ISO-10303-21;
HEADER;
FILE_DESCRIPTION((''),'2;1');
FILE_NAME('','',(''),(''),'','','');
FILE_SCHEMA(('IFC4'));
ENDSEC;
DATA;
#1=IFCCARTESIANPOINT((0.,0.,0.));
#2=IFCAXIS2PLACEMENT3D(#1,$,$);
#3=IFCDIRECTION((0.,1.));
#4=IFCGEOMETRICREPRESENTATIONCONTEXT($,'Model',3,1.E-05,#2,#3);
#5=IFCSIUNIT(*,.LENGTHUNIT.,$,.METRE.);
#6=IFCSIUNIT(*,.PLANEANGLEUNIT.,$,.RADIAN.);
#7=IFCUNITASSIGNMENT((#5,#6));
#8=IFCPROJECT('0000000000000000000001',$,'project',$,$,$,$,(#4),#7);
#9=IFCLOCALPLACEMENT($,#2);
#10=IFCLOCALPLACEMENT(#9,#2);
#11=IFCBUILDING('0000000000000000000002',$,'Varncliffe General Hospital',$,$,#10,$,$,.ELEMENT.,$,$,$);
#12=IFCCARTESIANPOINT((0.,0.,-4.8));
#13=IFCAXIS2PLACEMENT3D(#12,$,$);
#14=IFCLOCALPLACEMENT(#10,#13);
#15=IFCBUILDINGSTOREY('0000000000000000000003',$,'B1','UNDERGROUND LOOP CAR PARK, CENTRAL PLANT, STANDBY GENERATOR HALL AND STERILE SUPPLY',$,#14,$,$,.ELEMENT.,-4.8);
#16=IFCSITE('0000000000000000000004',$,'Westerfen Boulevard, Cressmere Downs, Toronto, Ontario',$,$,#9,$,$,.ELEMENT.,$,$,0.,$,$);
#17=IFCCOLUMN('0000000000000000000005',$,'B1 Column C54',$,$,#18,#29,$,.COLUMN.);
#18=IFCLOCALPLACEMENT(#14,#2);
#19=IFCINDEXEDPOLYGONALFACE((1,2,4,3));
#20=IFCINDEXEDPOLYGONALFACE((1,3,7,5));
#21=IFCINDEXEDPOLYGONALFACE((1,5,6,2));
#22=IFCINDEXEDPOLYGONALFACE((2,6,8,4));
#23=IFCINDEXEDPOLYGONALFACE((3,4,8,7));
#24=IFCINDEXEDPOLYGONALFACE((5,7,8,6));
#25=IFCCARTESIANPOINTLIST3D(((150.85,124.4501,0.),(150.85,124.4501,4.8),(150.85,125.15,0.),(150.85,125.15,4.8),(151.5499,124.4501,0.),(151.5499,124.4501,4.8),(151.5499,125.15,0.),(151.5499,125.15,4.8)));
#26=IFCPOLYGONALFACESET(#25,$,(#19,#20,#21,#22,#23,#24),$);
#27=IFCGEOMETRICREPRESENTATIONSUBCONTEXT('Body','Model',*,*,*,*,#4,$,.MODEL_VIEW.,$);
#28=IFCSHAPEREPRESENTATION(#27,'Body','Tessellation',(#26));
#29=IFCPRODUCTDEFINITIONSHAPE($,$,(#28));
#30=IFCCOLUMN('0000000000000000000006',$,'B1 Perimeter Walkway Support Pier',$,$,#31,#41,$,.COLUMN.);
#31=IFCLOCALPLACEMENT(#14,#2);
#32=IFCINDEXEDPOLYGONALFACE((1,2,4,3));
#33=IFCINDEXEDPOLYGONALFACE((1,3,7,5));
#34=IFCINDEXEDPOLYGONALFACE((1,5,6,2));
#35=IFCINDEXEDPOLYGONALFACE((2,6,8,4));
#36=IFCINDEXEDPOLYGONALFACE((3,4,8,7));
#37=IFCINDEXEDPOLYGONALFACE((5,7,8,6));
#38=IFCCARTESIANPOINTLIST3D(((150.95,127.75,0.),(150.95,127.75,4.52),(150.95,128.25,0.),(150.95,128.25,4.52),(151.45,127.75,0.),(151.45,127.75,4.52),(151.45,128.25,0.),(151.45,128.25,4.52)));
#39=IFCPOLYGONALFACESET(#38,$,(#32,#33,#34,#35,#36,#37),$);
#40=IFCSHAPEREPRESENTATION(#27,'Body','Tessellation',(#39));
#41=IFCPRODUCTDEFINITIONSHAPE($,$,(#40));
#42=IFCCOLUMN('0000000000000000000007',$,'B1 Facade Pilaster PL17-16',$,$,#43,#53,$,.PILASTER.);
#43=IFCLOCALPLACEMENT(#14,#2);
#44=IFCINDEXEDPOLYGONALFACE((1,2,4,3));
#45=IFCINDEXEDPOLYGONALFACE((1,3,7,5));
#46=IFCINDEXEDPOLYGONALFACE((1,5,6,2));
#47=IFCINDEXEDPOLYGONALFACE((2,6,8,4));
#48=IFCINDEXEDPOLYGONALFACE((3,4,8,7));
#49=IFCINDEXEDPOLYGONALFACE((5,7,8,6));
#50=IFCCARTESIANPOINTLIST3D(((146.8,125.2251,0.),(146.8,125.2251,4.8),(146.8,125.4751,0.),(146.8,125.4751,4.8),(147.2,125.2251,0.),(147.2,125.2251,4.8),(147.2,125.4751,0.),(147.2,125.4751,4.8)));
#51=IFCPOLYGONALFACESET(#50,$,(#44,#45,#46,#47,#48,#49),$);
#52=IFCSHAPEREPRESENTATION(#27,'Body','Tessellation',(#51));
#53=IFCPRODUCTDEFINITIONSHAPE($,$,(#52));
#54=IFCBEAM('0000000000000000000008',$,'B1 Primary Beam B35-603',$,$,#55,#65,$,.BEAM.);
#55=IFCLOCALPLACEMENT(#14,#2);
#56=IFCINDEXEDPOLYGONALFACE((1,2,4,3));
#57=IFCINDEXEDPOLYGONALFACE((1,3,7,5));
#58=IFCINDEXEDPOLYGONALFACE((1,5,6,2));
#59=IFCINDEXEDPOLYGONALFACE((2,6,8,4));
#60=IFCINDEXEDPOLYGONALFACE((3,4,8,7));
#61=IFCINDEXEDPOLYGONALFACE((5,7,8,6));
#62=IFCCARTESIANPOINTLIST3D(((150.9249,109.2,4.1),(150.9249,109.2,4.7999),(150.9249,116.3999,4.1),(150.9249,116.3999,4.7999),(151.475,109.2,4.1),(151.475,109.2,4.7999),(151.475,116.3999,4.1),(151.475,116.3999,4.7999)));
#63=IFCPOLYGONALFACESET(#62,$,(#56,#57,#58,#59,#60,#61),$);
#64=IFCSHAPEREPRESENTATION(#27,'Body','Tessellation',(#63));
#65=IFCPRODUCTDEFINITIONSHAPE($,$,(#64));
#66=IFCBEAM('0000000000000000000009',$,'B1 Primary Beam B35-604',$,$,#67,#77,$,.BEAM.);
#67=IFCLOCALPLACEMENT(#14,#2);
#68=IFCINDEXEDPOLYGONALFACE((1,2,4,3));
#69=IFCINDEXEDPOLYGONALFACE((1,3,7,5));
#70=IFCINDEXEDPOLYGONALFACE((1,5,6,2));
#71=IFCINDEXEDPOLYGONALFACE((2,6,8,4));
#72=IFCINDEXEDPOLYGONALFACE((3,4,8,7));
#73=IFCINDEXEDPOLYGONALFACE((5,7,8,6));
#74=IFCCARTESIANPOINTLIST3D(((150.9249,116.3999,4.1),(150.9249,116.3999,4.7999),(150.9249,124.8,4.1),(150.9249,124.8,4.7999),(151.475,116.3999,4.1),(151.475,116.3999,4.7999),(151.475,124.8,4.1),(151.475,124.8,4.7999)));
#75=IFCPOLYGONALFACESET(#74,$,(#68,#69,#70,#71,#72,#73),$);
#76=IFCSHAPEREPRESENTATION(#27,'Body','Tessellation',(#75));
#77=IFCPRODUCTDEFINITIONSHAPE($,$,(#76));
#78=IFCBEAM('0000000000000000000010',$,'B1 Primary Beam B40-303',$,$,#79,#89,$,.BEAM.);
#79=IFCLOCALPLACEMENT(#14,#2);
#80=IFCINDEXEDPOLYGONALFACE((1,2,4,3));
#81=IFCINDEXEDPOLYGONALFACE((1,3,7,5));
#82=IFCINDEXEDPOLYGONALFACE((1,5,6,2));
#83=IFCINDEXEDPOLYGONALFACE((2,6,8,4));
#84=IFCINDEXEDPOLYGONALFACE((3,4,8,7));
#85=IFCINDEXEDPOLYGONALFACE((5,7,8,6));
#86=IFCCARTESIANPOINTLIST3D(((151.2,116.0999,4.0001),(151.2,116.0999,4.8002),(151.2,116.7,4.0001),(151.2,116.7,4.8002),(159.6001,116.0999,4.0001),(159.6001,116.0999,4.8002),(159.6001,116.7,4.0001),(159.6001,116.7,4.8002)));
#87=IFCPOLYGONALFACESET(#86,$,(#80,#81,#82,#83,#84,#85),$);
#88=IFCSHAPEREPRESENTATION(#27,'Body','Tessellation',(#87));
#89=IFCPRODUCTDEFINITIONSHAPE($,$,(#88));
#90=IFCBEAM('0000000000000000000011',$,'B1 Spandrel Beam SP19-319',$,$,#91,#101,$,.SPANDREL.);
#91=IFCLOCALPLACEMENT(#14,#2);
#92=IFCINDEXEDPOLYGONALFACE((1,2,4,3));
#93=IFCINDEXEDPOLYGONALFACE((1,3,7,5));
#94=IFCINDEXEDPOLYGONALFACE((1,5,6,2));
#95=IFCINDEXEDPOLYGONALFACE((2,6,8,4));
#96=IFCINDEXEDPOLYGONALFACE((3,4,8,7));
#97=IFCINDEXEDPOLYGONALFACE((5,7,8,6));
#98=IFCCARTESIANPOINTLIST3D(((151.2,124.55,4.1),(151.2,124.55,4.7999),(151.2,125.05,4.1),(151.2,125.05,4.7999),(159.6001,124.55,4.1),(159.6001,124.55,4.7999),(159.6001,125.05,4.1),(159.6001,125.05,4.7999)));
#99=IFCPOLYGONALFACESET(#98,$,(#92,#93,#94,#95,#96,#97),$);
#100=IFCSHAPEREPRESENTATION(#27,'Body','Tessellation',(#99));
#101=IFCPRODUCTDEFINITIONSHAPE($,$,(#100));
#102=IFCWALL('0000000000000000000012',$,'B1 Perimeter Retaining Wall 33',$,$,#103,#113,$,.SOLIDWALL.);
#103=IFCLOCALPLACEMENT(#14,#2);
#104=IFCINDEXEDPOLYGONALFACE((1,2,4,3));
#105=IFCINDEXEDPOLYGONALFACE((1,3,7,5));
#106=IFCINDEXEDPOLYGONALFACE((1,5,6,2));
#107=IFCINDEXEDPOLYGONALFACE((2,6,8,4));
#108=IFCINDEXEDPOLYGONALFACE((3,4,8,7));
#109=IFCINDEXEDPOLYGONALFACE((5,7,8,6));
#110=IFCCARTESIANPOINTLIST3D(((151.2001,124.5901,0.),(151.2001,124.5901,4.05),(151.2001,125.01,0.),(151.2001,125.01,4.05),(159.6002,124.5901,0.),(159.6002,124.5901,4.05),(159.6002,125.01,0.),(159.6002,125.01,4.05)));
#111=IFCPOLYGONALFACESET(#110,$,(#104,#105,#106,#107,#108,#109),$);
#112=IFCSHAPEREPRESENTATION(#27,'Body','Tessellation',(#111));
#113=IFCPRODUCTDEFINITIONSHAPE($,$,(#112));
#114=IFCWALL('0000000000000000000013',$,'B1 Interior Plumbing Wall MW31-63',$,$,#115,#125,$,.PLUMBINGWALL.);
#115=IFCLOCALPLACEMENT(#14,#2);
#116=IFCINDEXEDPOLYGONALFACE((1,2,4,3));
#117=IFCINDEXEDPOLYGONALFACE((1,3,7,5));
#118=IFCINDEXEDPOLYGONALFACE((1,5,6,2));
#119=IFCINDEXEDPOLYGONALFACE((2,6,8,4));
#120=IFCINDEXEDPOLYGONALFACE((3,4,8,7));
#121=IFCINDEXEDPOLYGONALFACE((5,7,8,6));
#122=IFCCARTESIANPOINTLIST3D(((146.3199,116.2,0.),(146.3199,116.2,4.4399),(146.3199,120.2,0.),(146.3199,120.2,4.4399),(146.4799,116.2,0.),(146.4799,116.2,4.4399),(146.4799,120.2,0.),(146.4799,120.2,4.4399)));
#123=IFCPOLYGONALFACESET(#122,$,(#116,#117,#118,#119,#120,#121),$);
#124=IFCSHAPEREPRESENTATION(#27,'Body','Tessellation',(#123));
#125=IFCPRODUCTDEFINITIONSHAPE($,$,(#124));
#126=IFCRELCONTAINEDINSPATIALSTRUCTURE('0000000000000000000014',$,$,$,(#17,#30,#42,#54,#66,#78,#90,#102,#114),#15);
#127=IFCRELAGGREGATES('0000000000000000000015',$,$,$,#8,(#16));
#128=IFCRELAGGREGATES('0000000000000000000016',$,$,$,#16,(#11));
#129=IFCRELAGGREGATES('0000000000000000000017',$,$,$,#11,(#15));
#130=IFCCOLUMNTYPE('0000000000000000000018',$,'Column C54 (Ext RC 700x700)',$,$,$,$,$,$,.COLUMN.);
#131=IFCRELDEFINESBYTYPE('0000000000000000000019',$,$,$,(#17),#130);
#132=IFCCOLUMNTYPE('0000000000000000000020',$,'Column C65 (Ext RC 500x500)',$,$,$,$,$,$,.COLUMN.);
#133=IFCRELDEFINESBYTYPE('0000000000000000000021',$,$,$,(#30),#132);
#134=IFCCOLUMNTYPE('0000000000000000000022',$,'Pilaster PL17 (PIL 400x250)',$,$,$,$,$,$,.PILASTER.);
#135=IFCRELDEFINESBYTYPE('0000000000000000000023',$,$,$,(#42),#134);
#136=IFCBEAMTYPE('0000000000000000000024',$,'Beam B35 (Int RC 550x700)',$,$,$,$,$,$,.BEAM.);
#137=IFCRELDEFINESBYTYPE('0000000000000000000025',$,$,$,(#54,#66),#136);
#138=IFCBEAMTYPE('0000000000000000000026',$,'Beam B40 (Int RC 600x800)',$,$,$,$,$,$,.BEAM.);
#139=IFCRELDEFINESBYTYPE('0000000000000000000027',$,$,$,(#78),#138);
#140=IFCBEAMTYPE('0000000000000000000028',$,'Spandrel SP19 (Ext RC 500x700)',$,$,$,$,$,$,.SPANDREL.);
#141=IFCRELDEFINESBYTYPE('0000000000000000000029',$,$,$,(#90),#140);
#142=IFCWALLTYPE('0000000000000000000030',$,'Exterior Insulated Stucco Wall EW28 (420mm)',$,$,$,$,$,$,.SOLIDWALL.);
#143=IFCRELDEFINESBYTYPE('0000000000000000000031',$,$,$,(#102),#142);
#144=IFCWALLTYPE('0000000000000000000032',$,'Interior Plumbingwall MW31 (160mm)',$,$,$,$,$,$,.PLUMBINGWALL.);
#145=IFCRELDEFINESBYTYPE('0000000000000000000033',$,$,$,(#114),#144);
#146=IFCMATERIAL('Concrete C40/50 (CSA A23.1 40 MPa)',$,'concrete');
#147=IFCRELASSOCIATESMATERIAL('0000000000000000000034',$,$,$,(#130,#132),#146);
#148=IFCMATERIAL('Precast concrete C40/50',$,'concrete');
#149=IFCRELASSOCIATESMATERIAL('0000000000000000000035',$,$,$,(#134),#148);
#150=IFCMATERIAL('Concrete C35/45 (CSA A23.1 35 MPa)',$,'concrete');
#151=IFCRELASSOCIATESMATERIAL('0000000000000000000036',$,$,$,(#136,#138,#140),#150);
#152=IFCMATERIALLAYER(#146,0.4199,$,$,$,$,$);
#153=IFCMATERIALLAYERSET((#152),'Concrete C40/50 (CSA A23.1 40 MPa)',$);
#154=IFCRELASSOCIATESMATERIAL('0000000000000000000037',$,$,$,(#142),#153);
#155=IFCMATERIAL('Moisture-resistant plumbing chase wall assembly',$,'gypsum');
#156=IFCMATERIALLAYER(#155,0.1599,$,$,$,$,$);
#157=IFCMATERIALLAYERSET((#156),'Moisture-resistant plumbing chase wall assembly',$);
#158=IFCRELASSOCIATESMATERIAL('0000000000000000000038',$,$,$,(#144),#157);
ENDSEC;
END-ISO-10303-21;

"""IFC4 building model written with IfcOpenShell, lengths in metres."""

from ifc_helpers import new_model, si_unit, direction, frame, frame_2d, origin, origin_2d, place, context, subcontext, project, spatial, rectangle, extrude, material, layer, layer_set, material_profile, profile_set, type_object, element, save


model = new_model("IFC4")

# Units and contexts
model_context = context("Model", 3, precision=1e-05, world=origin(), true_north=direction((0.0, 1.0)))
body_context = subcontext(model_context, "Body", "Model", "MODEL_VIEW")
ifc_project = project(units=[si_unit("LENGTHUNIT", "METRE"), si_unit("PLANEANGLEUNIT", "RADIAN")], contexts=[model_context])

# Site, building, storey
site_placement = place(None, origin())
site = spatial("IfcSite", under=ifc_project, at=site_placement, Name="Westerfen Boulevard, Cressmere Downs, Toronto, Ontario", CompositionType="ELEMENT", RefElevation=0.0)
building_placement = place(site_placement, origin())
building = spatial("IfcBuilding", under=site, at=building_placement, Name="Varncliffe General Hospital", CompositionType="ELEMENT")
storey_placement = place(building_placement, frame((0.0, 0.0, -4.8)))
storey = spatial("IfcBuildingStorey", under=building, at=storey_placement, Name="B1", Description="UNDERGROUND LOOP CAR PARK, CENTRAL PLANT, STANDBY GENERATOR HALL AND STERILE SUPPLY", CompositionType="ELEMENT", Elevation=-4.8)

# Shared definitions
ifc_material_1 = material(Name="Concrete C40/50 (CSA A23.1 40 MPa)", Category="concrete")

# Columns
ifc_material_profile_1 = material_profile(ifc_material_1, rectangle(XDim=0.7, YDim=0.7, at=origin_2d()), Name="RC 700x700")
ifc_profile_set_1 = profile_set([ifc_material_profile_1], Name="Concrete C40/50 (CSA A23.1 40 MPa)")
column_type_1 = type_object("IfcColumnType", Name="Column C54 (Ext RC 700x700)", PredefinedType="COLUMN", material=ifc_profile_set_1)
column_1_placement = place(storey_placement, frame((151.2, 124.8, 0.0), z_axis=(0.0, 0.0, 1.0), x_axis=(1.0, 0.0, 0.0)))
element("IfcColumn", 1, at=column_1_placement, inside=storey, type_object=column_type_1, Name="B1 Column C54", PredefinedType="COLUMN", context=body_context, shape_type="SweptSolid", body=[
    extrude(rectangle(XDim=0.7, YDim=0.7, at=origin_2d()), origin(), (0.0, 0.0, 1.0), 4.8),
])
ifc_material_profile_2 = material_profile(ifc_material_1, rectangle(XDim=0.5, YDim=0.5, at=origin_2d()), Name="RC 500x500")
ifc_profile_set_2 = profile_set([ifc_material_profile_2], Name="Concrete C40/50 (CSA A23.1 40 MPa)")
column_type_2 = type_object("IfcColumnType", Name="Column C65 (Ext RC 500x500)", PredefinedType="COLUMN", material=ifc_profile_set_2)
column_2_placement = place(storey_placement, frame((151.2, 128.0, 0.0), z_axis=(0.0, 0.0, 1.0), x_axis=(1.0, 0.0, 0.0)))
element("IfcColumn", 2, at=column_2_placement, inside=storey, type_object=column_type_2, Name="B1 Perimeter Walkway Support Pier", PredefinedType="COLUMN", context=body_context, shape_type="SweptSolid", body=[
    extrude(rectangle(XDim=0.5, YDim=0.5, at=origin_2d()), origin(), (0.0, 0.0, 1.0), 4.52),
])
ifc_material_2 = material(Name="Precast concrete C40/50", Category="concrete")
ifc_material_profile_3 = material_profile(ifc_material_2, rectangle(XDim=0.3999, YDim=0.25, at=origin_2d()), Name="PIL 400x250")
ifc_profile_set_3 = profile_set([ifc_material_profile_3], Name="Precast concrete C40/50")
column_type_3 = type_object("IfcColumnType", Name="Pilaster PL17 (PIL 400x250)", PredefinedType="PILASTER", material=ifc_profile_set_3)
column_3_placement = place(storey_placement, frame((147.0, 125.3501, 0.0), z_axis=(0.0, 0.0, 1.0), x_axis=(1.0, 0.0, 0.0)))
element("IfcColumn", 3, at=column_3_placement, inside=storey, type_object=column_type_3, Name="B1 Facade Pilaster PL17-16", PredefinedType="PILASTER", context=body_context, shape_type="SweptSolid", body=[
    extrude(rectangle(XDim=0.3999, YDim=0.25, at=origin_2d()), origin(), (0.0, 0.0, 1.0), 4.8),
])

# Beams
ifc_material_3 = material(Name="Concrete C35/45 (CSA A23.1 35 MPa)", Category="concrete")
ifc_material_profile_4 = material_profile(ifc_material_3, rectangle(XDim=0.55, YDim=0.7, at=origin_2d()), Name="RC 550x700")
ifc_profile_set_4 = profile_set([ifc_material_profile_4], Name="Concrete C35/45 (CSA A23.1 35 MPa)")
beam_type_1 = type_object("IfcBeamType", Name="Beam B35 (Int RC 550x700)", PredefinedType="BEAM", material=ifc_profile_set_4)
beam_1_placement = place(storey_placement, frame((151.2, 109.2, 4.45), z_axis=(0.0, 1.0, 0.0), x_axis=(-1.0, 0.0, 0.0)))
element("IfcBeam", 4, at=beam_1_placement, inside=storey, type_object=beam_type_1, Name="B1 Primary Beam B35-603", PredefinedType="BEAM", context=body_context, shape_type="SweptSolid", body=[
    extrude(rectangle(XDim=0.55, YDim=0.7, at=origin_2d()), origin(), (0.0, 0.0, 1.0), 7.2),
])
beam_2_placement = place(storey_placement, frame((151.2, 116.3999, 4.45), z_axis=(0.0, 1.0, 0.0), x_axis=(-1.0, 0.0, 0.0)))
element("IfcBeam", 5, at=beam_2_placement, inside=storey, type_object=beam_type_1, Name="B1 Primary Beam B35-604", PredefinedType="BEAM", context=body_context, shape_type="SweptSolid", body=[
    extrude(rectangle(XDim=0.55, YDim=0.7, at=origin_2d()), origin(), (0.0, 0.0, 1.0), 8.4001),
])
ifc_material_profile_5 = material_profile(ifc_material_3, rectangle(XDim=0.6001, YDim=0.8, at=origin_2d()), Name="RC 600x800")
ifc_profile_set_5 = profile_set([ifc_material_profile_5], Name="Concrete C35/45 (CSA A23.1 35 MPa)")
beam_type_2 = type_object("IfcBeamType", Name="Beam B40 (Int RC 600x800)", PredefinedType="BEAM", material=ifc_profile_set_5)
beam_3_placement = place(storey_placement, frame((151.2, 116.3999, 4.4001), z_axis=(1.0, 0.0, 0.0), x_axis=(0.0, 1.0, 0.0)))
element("IfcBeam", 6, at=beam_3_placement, inside=storey, type_object=beam_type_2, Name="B1 Primary Beam B40-303", PredefinedType="BEAM", context=body_context, shape_type="SweptSolid", body=[
    extrude(rectangle(XDim=0.6001, YDim=0.8, at=origin_2d()), origin(), (0.0, 0.0, 1.0), 8.4001),
])
ifc_material_profile_6 = material_profile(ifc_material_3, rectangle(XDim=0.5, YDim=0.7, at=origin_2d()), Name="RC 500x700")
ifc_profile_set_6 = profile_set([ifc_material_profile_6], Name="Concrete C35/45 (CSA A23.1 35 MPa)")
beam_type_3 = type_object("IfcBeamType", Name="Spandrel SP19 (Ext RC 500x700)", PredefinedType="SPANDREL", material=ifc_profile_set_6)
beam_4_placement = place(storey_placement, frame((151.2, 124.8, 4.45), z_axis=(1.0, 0.0, 0.0), x_axis=(0.0, 1.0, 0.0)))
element("IfcBeam", 7, at=beam_4_placement, inside=storey, type_object=beam_type_3, Name="B1 Spandrel Beam SP19-319", PredefinedType="SPANDREL", context=body_context, shape_type="SweptSolid", body=[
    extrude(rectangle(XDim=0.5, YDim=0.7, at=origin_2d()), origin(), (0.0, 0.0, 1.0), 8.4001),
])

# Walls
ifc_layer_1 = layer(ifc_material_1, 0.4199)
ifc_layer_set_1 = layer_set([ifc_layer_1], Name="Concrete C40/50 (CSA A23.1 40 MPa)")
wall_type_1 = type_object("IfcWallType", Name="Exterior Insulated Stucco Wall EW28 (420mm)", PredefinedType="SOLIDWALL", material=ifc_layer_set_1)
wall_1_placement = place(storey_placement, frame((151.2, 124.8, 0.0), z_axis=(0.0, 0.0, 1.0), x_axis=(1.0, 0.0, 0.0)))
element("IfcWall", 8, at=wall_1_placement, inside=storey, type_object=wall_type_1, Name="B1 Perimeter Retaining Wall 33", PredefinedType="SOLIDWALL", context=body_context, shape_type="SweptSolid", body=[
    extrude(rectangle(XDim=8.4001, YDim=0.4199, at=frame_2d((4.2002, 0.0))), origin(), (0.0, 0.0, 1.0), 4.05),
])
ifc_material_4 = material(Name="Moisture-resistant plumbing chase wall assembly", Category="gypsum")
ifc_layer_2 = layer(ifc_material_4, 0.1599)
ifc_layer_set_2 = layer_set([ifc_layer_2], Name="Moisture-resistant plumbing chase wall assembly")
wall_type_2 = type_object("IfcWallType", Name="Interior Plumbingwall MW31 (160mm)", PredefinedType="PLUMBINGWALL", material=ifc_layer_set_2)
wall_2_placement = place(storey_placement, frame((146.3999, 116.2, 0.0), z_axis=(0.0, 0.0, 1.0), x_axis=(0.0, 1.0, 0.0)))
element("IfcWall", 9, at=wall_2_placement, inside=storey, type_object=wall_type_2, Name="B1 Interior Plumbing Wall MW31-63", PredefinedType="PLUMBINGWALL", context=body_context, shape_type="SweptSolid", body=[
    extrude(rectangle(XDim=4.0, YDim=0.1599, at=frame_2d((2.0, 0.0))), origin(), (0.0, 0.0, 1.0), 4.4399),
])

save(model, "model.ifc")
